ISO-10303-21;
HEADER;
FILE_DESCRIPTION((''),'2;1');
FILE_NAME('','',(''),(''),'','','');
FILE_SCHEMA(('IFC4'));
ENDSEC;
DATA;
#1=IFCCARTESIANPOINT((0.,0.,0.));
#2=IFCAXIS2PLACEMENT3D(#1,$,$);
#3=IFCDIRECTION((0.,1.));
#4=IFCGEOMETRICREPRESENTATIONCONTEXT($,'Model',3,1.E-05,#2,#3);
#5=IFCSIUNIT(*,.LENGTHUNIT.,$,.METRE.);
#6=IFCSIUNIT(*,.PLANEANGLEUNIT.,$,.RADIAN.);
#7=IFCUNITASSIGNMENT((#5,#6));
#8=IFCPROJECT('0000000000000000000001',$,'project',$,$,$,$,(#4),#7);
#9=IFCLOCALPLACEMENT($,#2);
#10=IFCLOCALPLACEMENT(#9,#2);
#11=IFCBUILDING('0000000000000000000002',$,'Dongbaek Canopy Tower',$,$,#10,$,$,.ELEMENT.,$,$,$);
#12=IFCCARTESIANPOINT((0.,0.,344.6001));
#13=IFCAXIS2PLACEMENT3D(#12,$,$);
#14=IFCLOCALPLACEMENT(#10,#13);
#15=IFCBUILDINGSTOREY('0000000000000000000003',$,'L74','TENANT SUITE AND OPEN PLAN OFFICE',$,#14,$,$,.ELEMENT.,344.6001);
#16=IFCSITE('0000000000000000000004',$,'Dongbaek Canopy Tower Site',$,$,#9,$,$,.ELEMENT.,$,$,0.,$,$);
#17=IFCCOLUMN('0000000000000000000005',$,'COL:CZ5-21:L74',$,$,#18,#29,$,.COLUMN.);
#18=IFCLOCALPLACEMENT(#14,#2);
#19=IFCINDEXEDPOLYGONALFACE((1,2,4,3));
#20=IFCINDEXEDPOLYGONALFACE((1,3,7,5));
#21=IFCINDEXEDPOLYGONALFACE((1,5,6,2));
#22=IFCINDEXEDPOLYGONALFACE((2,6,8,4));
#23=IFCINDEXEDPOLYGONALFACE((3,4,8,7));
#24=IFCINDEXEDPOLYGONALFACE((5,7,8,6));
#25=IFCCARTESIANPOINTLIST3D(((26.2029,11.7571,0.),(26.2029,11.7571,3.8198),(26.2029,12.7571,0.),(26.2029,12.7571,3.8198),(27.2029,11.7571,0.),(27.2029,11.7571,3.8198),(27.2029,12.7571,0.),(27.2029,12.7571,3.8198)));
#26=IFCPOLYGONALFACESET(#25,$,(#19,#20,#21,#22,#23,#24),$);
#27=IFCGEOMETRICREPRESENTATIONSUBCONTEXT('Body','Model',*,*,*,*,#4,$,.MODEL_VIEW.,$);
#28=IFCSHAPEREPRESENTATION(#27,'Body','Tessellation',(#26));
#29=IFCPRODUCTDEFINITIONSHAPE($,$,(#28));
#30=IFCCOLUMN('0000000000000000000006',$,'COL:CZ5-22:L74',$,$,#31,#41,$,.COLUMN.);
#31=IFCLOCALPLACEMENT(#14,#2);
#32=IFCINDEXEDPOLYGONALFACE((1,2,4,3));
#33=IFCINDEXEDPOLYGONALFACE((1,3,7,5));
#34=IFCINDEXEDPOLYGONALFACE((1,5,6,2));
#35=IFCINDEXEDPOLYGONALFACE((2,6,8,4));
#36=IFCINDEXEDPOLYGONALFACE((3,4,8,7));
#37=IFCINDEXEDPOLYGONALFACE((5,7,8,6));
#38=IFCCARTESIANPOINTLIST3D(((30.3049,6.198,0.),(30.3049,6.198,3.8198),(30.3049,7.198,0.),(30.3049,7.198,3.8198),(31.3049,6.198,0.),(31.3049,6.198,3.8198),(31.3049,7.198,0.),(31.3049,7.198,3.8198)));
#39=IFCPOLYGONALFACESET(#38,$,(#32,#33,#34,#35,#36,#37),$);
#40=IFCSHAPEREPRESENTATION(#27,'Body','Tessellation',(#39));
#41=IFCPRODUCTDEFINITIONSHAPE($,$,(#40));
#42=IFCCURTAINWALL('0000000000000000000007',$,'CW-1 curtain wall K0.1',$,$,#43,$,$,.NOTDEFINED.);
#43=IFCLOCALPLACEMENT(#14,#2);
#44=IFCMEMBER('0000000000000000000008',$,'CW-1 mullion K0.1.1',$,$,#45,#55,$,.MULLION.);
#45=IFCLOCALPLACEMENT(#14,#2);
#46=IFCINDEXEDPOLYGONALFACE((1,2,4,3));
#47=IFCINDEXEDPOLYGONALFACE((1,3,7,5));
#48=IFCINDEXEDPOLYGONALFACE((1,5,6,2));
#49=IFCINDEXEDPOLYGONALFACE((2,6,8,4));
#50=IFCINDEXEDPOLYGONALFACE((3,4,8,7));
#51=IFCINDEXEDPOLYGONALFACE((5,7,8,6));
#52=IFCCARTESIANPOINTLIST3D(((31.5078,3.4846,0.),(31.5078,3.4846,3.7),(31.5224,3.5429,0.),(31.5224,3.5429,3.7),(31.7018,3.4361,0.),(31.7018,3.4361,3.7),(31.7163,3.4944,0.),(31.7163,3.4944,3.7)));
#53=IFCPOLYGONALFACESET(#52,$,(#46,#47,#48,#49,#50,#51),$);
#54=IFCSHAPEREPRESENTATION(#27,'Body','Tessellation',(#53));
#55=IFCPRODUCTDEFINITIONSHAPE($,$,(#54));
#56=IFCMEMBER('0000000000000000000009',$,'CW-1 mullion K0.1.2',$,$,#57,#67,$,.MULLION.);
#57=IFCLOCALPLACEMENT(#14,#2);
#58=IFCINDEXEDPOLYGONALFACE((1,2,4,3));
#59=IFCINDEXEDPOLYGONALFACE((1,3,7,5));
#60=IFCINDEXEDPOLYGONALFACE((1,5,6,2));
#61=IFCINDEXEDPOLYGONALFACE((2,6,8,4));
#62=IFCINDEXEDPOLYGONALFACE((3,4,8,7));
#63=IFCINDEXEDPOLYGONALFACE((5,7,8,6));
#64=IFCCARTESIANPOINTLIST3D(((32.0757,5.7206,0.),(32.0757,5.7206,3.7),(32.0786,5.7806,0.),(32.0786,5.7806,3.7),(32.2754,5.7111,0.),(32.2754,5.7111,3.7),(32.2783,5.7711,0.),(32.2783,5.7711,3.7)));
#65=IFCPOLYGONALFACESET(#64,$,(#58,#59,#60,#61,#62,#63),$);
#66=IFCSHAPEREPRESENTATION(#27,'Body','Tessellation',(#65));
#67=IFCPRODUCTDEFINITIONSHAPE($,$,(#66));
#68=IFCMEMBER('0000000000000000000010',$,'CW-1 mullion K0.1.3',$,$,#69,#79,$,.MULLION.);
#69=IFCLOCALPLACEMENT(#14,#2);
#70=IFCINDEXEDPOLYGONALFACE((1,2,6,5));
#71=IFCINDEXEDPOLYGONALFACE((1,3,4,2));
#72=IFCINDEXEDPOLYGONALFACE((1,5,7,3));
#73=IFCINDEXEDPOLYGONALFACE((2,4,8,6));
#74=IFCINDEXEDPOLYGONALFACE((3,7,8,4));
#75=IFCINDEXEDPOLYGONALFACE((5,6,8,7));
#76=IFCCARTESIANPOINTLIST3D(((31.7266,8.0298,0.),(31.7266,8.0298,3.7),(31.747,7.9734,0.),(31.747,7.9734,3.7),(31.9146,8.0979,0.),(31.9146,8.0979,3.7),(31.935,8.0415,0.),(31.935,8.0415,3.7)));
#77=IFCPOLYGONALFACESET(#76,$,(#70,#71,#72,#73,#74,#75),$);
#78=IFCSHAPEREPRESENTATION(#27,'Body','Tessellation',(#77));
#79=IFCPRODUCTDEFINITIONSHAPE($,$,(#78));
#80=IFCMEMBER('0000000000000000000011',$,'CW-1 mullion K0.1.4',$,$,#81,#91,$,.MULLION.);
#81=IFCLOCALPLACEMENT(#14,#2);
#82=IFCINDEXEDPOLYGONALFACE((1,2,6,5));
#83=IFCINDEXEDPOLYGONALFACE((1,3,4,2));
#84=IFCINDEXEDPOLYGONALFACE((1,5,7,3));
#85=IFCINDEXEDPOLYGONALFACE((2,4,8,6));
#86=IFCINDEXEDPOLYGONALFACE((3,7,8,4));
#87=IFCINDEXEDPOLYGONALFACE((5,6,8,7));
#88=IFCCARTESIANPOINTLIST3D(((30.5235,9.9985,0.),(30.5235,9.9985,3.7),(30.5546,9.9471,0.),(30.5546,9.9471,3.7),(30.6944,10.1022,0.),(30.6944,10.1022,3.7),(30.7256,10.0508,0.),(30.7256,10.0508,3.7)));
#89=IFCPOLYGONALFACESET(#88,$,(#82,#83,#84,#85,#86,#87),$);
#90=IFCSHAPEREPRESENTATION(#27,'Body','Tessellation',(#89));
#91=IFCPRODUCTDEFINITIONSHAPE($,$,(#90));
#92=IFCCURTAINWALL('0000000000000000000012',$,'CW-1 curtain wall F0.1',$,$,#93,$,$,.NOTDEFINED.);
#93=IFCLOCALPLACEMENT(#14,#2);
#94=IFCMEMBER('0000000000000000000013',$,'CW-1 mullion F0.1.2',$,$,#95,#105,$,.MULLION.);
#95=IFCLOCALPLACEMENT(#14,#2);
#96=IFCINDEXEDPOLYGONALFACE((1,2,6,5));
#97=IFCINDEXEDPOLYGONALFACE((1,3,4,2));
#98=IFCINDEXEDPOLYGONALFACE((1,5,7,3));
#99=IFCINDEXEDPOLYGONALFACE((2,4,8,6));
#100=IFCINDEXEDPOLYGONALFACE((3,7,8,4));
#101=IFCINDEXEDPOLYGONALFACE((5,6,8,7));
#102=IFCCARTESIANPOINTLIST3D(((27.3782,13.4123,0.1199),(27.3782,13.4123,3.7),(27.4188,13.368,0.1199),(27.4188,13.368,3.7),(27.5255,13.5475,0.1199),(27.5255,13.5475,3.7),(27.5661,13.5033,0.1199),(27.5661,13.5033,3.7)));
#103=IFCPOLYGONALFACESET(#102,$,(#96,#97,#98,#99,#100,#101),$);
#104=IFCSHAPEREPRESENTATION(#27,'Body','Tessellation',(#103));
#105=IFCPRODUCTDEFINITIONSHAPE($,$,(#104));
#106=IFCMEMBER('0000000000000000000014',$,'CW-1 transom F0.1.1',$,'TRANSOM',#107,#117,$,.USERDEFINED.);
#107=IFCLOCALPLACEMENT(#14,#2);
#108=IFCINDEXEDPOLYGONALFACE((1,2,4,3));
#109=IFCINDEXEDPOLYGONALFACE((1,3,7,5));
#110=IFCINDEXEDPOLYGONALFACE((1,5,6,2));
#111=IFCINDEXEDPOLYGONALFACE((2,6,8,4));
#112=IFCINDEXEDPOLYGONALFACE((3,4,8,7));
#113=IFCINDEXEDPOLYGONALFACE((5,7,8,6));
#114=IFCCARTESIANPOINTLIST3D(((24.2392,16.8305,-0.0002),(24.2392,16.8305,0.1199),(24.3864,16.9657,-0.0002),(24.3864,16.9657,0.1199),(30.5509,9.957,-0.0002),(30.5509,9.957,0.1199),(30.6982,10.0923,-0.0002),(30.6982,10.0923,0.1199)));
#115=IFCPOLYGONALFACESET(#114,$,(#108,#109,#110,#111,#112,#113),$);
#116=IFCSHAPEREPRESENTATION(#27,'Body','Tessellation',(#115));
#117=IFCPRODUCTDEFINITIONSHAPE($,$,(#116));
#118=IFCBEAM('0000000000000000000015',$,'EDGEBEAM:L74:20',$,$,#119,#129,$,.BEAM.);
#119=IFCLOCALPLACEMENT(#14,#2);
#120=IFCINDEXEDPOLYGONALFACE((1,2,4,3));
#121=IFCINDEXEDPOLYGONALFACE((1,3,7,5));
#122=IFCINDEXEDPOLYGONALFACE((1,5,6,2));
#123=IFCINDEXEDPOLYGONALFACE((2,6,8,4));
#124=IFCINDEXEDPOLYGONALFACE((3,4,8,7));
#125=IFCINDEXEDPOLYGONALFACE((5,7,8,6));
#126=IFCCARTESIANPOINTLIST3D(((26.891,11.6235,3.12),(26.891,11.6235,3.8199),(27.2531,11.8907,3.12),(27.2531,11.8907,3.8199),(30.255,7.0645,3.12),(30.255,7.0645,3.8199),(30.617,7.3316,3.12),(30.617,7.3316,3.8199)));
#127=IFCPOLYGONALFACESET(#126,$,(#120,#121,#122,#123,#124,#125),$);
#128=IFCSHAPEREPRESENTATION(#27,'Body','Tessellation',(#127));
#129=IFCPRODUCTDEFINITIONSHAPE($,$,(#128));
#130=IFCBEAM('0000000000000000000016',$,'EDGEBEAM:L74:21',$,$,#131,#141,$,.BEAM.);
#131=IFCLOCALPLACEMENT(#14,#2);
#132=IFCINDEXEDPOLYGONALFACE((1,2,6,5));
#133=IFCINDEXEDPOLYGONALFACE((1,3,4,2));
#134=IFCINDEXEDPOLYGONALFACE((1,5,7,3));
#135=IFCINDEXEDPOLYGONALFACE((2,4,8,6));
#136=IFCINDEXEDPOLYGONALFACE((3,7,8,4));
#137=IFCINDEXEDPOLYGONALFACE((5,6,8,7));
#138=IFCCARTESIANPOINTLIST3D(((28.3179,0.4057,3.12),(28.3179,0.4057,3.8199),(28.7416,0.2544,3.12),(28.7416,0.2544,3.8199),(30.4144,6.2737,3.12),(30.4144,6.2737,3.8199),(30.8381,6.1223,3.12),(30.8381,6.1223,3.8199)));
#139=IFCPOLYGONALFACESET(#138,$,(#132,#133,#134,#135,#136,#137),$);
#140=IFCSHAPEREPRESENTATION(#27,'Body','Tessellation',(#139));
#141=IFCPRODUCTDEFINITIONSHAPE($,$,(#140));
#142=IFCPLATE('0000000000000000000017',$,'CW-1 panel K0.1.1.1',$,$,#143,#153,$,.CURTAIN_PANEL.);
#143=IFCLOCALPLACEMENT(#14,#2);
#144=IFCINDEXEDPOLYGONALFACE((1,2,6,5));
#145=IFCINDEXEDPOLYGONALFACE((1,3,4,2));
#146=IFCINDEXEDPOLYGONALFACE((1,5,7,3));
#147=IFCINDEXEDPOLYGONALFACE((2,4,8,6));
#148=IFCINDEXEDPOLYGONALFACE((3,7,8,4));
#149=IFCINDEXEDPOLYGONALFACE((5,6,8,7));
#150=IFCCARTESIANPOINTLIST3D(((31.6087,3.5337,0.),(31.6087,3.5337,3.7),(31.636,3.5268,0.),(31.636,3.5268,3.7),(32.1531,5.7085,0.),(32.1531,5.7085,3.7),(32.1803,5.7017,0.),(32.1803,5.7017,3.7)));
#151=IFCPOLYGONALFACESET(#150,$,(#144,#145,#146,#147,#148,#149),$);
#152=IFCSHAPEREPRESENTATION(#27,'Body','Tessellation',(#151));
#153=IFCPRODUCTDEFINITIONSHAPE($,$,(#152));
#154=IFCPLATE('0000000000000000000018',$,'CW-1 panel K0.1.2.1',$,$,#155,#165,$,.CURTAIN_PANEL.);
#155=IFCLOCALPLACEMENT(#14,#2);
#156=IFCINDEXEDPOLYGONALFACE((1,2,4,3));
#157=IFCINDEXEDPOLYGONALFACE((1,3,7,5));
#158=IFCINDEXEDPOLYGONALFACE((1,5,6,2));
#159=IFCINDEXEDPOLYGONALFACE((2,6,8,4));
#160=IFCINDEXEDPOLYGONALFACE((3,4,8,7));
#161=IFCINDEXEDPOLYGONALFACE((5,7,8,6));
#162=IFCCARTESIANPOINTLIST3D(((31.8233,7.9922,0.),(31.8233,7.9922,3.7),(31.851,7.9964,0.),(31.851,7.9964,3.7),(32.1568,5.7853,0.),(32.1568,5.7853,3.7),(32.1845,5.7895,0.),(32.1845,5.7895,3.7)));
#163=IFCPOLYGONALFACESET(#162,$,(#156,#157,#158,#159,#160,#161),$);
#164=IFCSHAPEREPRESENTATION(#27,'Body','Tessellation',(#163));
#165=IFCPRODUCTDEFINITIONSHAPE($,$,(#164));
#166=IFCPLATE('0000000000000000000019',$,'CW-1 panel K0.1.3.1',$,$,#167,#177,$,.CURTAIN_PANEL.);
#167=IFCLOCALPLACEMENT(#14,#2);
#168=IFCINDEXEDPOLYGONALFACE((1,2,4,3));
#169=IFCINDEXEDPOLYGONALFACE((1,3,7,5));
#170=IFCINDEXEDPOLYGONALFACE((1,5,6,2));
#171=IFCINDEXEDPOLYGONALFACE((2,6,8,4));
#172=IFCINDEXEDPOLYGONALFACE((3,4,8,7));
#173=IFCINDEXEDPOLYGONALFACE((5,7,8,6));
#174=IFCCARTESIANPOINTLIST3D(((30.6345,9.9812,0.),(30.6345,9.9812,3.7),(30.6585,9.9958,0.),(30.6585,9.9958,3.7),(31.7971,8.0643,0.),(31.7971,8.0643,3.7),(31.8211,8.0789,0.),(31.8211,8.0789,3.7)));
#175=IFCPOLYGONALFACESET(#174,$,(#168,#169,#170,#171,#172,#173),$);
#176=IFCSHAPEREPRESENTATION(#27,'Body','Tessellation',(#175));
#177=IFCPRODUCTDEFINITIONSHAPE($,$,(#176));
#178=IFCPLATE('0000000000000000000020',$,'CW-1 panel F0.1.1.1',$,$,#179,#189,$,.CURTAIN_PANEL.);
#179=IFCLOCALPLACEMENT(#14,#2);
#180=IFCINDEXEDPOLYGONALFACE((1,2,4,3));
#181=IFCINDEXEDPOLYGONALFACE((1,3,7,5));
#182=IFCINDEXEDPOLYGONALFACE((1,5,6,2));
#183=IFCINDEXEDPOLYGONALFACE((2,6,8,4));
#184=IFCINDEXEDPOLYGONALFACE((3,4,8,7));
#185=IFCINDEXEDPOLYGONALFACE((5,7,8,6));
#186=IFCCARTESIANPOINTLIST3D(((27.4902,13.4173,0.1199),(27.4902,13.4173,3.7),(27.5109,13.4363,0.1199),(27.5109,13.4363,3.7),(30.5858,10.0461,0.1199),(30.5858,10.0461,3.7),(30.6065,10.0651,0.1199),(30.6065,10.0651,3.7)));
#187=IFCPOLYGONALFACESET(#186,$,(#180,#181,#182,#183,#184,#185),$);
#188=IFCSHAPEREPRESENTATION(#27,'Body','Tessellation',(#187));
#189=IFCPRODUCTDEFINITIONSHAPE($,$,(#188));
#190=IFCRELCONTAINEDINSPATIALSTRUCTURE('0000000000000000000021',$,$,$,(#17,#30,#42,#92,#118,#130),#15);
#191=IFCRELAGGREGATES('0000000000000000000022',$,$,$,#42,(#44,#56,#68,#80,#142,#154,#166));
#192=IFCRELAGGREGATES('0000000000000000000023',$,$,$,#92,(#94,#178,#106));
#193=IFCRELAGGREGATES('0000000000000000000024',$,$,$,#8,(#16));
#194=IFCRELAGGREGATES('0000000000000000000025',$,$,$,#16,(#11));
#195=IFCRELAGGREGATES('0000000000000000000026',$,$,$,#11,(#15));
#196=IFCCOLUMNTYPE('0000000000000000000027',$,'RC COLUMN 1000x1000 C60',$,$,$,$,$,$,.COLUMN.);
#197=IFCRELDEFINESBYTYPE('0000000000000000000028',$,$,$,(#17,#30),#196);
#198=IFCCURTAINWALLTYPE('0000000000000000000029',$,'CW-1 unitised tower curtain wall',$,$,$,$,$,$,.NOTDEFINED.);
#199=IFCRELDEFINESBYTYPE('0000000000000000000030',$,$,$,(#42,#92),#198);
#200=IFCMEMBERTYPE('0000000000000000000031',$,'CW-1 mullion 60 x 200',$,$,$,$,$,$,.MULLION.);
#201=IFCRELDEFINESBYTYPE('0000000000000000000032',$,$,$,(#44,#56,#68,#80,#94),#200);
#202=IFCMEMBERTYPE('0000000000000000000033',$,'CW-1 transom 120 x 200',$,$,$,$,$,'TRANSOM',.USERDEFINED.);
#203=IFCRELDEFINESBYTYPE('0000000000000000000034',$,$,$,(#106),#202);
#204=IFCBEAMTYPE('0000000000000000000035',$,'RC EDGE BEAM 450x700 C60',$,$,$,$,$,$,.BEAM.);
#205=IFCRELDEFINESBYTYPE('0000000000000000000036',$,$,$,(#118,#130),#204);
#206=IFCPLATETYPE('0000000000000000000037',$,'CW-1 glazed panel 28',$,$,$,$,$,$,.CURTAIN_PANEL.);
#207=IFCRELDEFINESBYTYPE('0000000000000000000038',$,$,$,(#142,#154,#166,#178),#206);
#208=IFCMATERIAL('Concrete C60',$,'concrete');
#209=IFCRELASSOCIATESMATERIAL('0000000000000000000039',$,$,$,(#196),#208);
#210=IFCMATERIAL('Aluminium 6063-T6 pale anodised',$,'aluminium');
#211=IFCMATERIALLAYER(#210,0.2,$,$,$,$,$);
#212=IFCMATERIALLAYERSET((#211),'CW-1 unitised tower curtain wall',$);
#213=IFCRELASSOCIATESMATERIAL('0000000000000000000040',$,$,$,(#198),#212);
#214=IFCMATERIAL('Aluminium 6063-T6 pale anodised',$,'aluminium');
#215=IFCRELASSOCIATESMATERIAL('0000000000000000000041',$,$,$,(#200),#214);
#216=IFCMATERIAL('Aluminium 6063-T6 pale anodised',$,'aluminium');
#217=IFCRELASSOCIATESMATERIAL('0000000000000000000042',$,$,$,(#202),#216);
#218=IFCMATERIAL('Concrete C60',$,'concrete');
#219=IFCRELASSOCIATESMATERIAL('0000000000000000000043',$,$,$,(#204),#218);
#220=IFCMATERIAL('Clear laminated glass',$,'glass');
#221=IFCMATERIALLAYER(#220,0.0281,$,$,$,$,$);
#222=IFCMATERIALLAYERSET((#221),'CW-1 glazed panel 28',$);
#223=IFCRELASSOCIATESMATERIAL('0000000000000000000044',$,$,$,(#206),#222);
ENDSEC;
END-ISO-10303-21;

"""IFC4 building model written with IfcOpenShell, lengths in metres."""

from ifc_helpers import new_model, si_unit, direction, frame, origin, origin_2d, place, context, subcontext, project, spatial, rectangle, extrude, material, layer, layer_set, material_profile, profile_set, type_object, element, aggregate, save


model = new_model("IFC4")

# Units and contexts
model_context = context("Model", 3, precision=1e-05, world=origin(), true_north=direction((0.0, 1.0)))
body_context = subcontext(model_context, "Body", "Model", "MODEL_VIEW")
ifc_project = project(units=[si_unit("LENGTHUNIT", "METRE"), si_unit("PLANEANGLEUNIT", "RADIAN")], contexts=[model_context])

# Site, building, storey
site_placement = place(None, origin())
site = spatial("IfcSite", under=ifc_project, at=site_placement, Name="Dongbaek Canopy Tower Site", CompositionType="ELEMENT", RefElevation=0.0)
building_placement = place(site_placement, origin())
building = spatial("IfcBuilding", under=site, at=building_placement, Name="Dongbaek Canopy Tower", CompositionType="ELEMENT")
storey_placement = place(building_placement, frame((0.0, 0.0, 344.6001)))
storey = spatial("IfcBuildingStorey", under=building, at=storey_placement, Name="L74", Description="TENANT SUITE AND OPEN PLAN OFFICE", CompositionType="ELEMENT", Elevation=344.6001)

# Columns
ifc_material_1 = material(Name="Concrete C60", Category="concrete")
ifc_material_profile_1 = material_profile(ifc_material_1, rectangle(XDim=1.0, YDim=1.0, at=origin_2d()), Name="RC COLUMN 1000x1000 C60")
ifc_profile_set_1 = profile_set([ifc_material_profile_1], Name="Concrete C60")
column_type = type_object("IfcColumnType", Name="RC COLUMN 1000x1000 C60", PredefinedType="COLUMN", material=ifc_profile_set_1)
for number, where, z_axis, x_axis, name in (
    (1, (26.7029, 12.2571, 0.0), (0.0, 0.0, 1.0), (1.0, 0.0, 0.0), "COL:CZ5-21:L74"),
    (2, (30.8049, 6.698, 0.0), (0.0, 0.0, 1.0), (1.0, 0.0, 0.0), "COL:CZ5-22:L74"),
):
    element("IfcColumn", number, at=place(storey_placement, frame(where, z_axis=z_axis, x_axis=x_axis)), inside=storey, type_object=column_type, Name=name, PredefinedType="COLUMN", context=body_context, shape_type="SweptSolid", body=[
        extrude(rectangle(XDim=1.0, YDim=1.0, at=origin_2d()), origin(), (0.0, 0.0, 1.0), 3.8198),
    ])

# Curtain walls, members
ifc_material_2 = material(Name="Aluminium 6063-T6 pale anodised", Category="aluminium")
ifc_layer_1 = layer(ifc_material_2, 0.2)
ifc_layer_set_1 = layer_set([ifc_layer_1], Name="CW-1 unitised tower curtain wall")
curtain_wall_type = type_object("IfcCurtainWallType", Name="CW-1 unitised tower curtain wall", PredefinedType="NOTDEFINED", material=ifc_layer_set_1)
curtain_wall_1_placement = place(storey_placement, origin())
curtain_wall_1 = element("IfcCurtainWall", 3, at=curtain_wall_1_placement, inside=storey, type_object=curtain_wall_type, Name="CW-1 curtain wall K0.1", PredefinedType="NOTDEFINED")
ifc_material_3 = material(Name="Aluminium 6063-T6 pale anodised", Category="aluminium")
ifc_material_profile_2 = material_profile(ifc_material_3, rectangle(XDim=0.2, YDim=0.0601, at=origin_2d()), Name="CW-1 mullion 60 x 200")
ifc_profile_set_2 = profile_set([ifc_material_profile_2], Name="Aluminium 6063-T6 pale anodised")
member_type_1 = type_object("IfcMemberType", Name="CW-1 mullion 60 x 200", PredefinedType="MULLION", material=ifc_profile_set_2)
member_1_placement = place(storey_placement, frame((31.6121, 3.4895, 0.0), z_axis=(0.0, 0.0, 1.0), x_axis=(0.970078, -0.242793, 0.0)))
member_1 = element("IfcMember", 4, at=member_1_placement, type_object=member_type_1, Name="CW-1 mullion K0.1.1", PredefinedType="MULLION", context=body_context, shape_type="SweptSolid", body=[
    extrude(rectangle(XDim=0.2, YDim=0.0601, at=origin_2d()), origin(), (0.0, 0.0, 1.0), 3.7),
])
member_2_placement = place(storey_placement, frame((32.177, 5.7458, 0.0), z_axis=(0.0, 0.0, 1.0), x_axis=(0.998866, -0.047614, 0.0)))
member_2 = element("IfcMember", 5, at=member_2_placement, type_object=member_type_1, Name="CW-1 mullion K0.1.2", PredefinedType="MULLION", context=body_context, shape_type="SweptSolid", body=[
    extrude(rectangle(XDim=0.2, YDim=0.0601, at=origin_2d()), origin(), (0.0, 0.0, 1.0), 3.7),
])
member_3_placement = place(storey_placement, frame((31.8308, 8.0356, 0.0), z_axis=(0.0, 0.0, 1.0), x_axis=(0.940196, 0.340635, 0.0)))
member_3 = element("IfcMember", 6, at=member_3_placement, type_object=member_type_1, Name="CW-1 mullion K0.1.3", PredefinedType="MULLION", context=body_context, shape_type="SweptSolid", body=[
    extrude(rectangle(XDim=0.2, YDim=0.0601, at=origin_2d()), origin(), (0.0, 0.0, 1.0), 3.7),
])
member_4_placement = place(storey_placement, frame((30.6245, 10.0247, 0.0), z_axis=(0.0, 0.0, 1.0), x_axis=(0.855021, 0.518593, 0.0)))
member_4 = element("IfcMember", 7, at=member_4_placement, type_object=member_type_1, Name="CW-1 mullion K0.1.4", PredefinedType="MULLION", context=body_context, shape_type="SweptSolid", body=[
    extrude(rectangle(XDim=0.2, YDim=0.0601, at=origin_2d()), origin(), (0.0, 0.0, 1.0), 3.7),
])
curtain_wall_2_placement = place(storey_placement, origin())
curtain_wall_2 = element("IfcCurtainWall", 8, at=curtain_wall_2_placement, inside=storey, type_object=curtain_wall_type, Name="CW-1 curtain wall F0.1", PredefinedType="NOTDEFINED")
member_5_placement = place(storey_placement, frame((27.4722, 13.4578, 0.1199), z_axis=(0.0, 0.0, 1.0), x_axis=(0.736567, 0.676365, 0.0)))
member_5 = element("IfcMember", 9, at=member_5_placement, type_object=member_type_1, Name="CW-1 mullion F0.1.2", PredefinedType="MULLION", context=body_context, shape_type="SweptSolid", body=[
    extrude(rectangle(XDim=0.2, YDim=0.0601, at=origin_2d()), origin(), (0.0, 0.0, 1.0), 3.5801),
])
ifc_material_4 = material(Name="Aluminium 6063-T6 pale anodised", Category="aluminium")
ifc_material_profile_3 = material_profile(ifc_material_4, rectangle(XDim=0.2, YDim=0.1201, at=origin_2d()), Name="CW-1 transom 120 x 200")
ifc_profile_set_3 = profile_set([ifc_material_profile_3], Name="Aluminium 6063-T6 pale anodised")
member_type_2 = type_object("IfcMemberType", Name="CW-1 transom 120 x 200", ElementType="TRANSOM", PredefinedType="USERDEFINED", material=ifc_profile_set_3)
member_6_placement = place(storey_placement, frame((30.6245, 10.0247, 0.0598), z_axis=(-0.676366, 0.736565, 0.0), x_axis=(-0.736565, -0.676366, 0.0)))
member_6 = element("IfcMember", 10, at=member_6_placement, type_object=member_type_2, Name="CW-1 transom F0.1.1", ObjectType="TRANSOM", PredefinedType="USERDEFINED", context=body_context, shape_type="SweptSolid", body=[
    extrude(rectangle(XDim=0.2, YDim=0.1201, at=origin_2d()), origin(), (0.0, 0.0, 1.0), 9.3318),
])

# Beams
ifc_material_5 = material(Name="Concrete C60", Category="concrete")
ifc_material_profile_4 = material_profile(ifc_material_5, rectangle(XDim=0.45, YDim=0.7, at=origin_2d()), Name="RC EDGE BEAM 450x700 C60")
ifc_profile_set_4 = profile_set([ifc_material_profile_4], Name="Concrete C60")
beam_type = type_object("IfcBeamType", Name="RC EDGE BEAM 450x700 C60", PredefinedType="BEAM", material=ifc_profile_set_4)
beam_1_placement = place(storey_placement, frame((27.072, 11.7571, 3.47), z_axis=(0.593735, -0.80466, 0.0), x_axis=(0.80466, 0.593735, 0.0)))
element("IfcBeam", 11, at=beam_1_placement, inside=storey, type_object=beam_type, Name="EDGEBEAM:L74:20", PredefinedType="BEAM", context=body_context, shape_type="SweptSolid", body=[
    extrude(rectangle(XDim=0.45, YDim=0.7, at=origin_2d()), origin(), (0.0, 0.0, 1.0), 5.6658),
])
beam_2_placement = place(storey_placement, frame((30.6262, 6.198, 3.47), z_axis=(-0.336443, -0.941704, 0.0), x_axis=(0.941704, -0.336443, 0.0)))
element("IfcBeam", 12, at=beam_2_placement, inside=storey, type_object=beam_type, Name="EDGEBEAM:L74:21", PredefinedType="BEAM", context=body_context, shape_type="SweptSolid", body=[
    extrude(rectangle(XDim=0.45, YDim=0.7, at=origin_2d()), origin(), (0.0, 0.0, 1.0), 6.2312),
])

# Plates
ifc_material_6 = material(Name="Clear laminated glass", Category="glass")
ifc_layer_2 = layer(ifc_material_6, 0.0281)
ifc_layer_set_2 = layer_set([ifc_layer_2], Name="CW-1 glazed panel 28")
plate_type = type_object("IfcPlateType", Name="CW-1 glazed panel 28", PredefinedType="CURTAIN_PANEL", material=ifc_layer_set_2)
plate_1_placement = place(storey_placement, frame((31.8945, 4.6177, 0.0), z_axis=(0.0, 0.0, 1.0), x_axis=(0.242793, 0.970078, 0.0)))
plate_1 = element("IfcPlate", 13, at=plate_1_placement, type_object=plate_type, Name="CW-1 panel K0.1.1.1", PredefinedType="CURTAIN_PANEL", context=body_context, shape_type="SweptSolid", body=[
    extrude(rectangle(XDim=2.2419, YDim=0.0281, at=origin_2d()), origin(), (0.0, 0.0, 1.0), 3.7),
])
plate_2_placement = place(storey_placement, frame((32.0039, 6.8909, 0.0), z_axis=(0.0, 0.0, 1.0), x_axis=(-0.149418, 0.988774, 0.0)))
plate_2 = element("IfcPlate", 14, at=plate_2_placement, type_object=plate_type, Name="CW-1 panel K0.1.2.1", PredefinedType="CURTAIN_PANEL", context=body_context, shape_type="SweptSolid", body=[
    extrude(rectangle(XDim=2.2319, YDim=0.0281, at=origin_2d()), origin(), (0.0, 0.0, 1.0), 3.7),
])
plate_3_placement = place(storey_placement, frame((31.2278, 9.03, 0.0), z_axis=(0.0, 0.0, 1.0), x_axis=(-0.518593, 0.855021, 0.0)))
plate_3 = element("IfcPlate", 15, at=plate_3_placement, type_object=plate_type, Name="CW-1 panel K0.1.3.1", PredefinedType="CURTAIN_PANEL", context=body_context, shape_type="SweptSolid", body=[
    extrude(rectangle(XDim=2.2419, YDim=0.0281, at=origin_2d()), origin(), (0.0, 0.0, 1.0), 3.7),
])
plate_4_placement = place(storey_placement, frame((29.0483, 11.7412, 0.1199), z_axis=(0.0, 0.0, 1.0), x_axis=(-0.676365, 0.736567, 0.0)))
plate_4 = element("IfcPlate", 16, at=plate_4_placement, type_object=plate_type, Name="CW-1 panel F0.1.1.1", PredefinedType="CURTAIN_PANEL", context=body_context, shape_type="SweptSolid", body=[
    extrude(rectangle(XDim=4.5769, YDim=0.0281, at=origin_2d()), origin(), (0.0, 0.0, 1.0), 3.5801),
])

aggregate(curtain_wall_1, [member_1, member_2, member_3, member_4, plate_1, plate_2, plate_3])
aggregate(curtain_wall_2, [member_5, plate_4, member_6])

save(model, "model.ifc")
